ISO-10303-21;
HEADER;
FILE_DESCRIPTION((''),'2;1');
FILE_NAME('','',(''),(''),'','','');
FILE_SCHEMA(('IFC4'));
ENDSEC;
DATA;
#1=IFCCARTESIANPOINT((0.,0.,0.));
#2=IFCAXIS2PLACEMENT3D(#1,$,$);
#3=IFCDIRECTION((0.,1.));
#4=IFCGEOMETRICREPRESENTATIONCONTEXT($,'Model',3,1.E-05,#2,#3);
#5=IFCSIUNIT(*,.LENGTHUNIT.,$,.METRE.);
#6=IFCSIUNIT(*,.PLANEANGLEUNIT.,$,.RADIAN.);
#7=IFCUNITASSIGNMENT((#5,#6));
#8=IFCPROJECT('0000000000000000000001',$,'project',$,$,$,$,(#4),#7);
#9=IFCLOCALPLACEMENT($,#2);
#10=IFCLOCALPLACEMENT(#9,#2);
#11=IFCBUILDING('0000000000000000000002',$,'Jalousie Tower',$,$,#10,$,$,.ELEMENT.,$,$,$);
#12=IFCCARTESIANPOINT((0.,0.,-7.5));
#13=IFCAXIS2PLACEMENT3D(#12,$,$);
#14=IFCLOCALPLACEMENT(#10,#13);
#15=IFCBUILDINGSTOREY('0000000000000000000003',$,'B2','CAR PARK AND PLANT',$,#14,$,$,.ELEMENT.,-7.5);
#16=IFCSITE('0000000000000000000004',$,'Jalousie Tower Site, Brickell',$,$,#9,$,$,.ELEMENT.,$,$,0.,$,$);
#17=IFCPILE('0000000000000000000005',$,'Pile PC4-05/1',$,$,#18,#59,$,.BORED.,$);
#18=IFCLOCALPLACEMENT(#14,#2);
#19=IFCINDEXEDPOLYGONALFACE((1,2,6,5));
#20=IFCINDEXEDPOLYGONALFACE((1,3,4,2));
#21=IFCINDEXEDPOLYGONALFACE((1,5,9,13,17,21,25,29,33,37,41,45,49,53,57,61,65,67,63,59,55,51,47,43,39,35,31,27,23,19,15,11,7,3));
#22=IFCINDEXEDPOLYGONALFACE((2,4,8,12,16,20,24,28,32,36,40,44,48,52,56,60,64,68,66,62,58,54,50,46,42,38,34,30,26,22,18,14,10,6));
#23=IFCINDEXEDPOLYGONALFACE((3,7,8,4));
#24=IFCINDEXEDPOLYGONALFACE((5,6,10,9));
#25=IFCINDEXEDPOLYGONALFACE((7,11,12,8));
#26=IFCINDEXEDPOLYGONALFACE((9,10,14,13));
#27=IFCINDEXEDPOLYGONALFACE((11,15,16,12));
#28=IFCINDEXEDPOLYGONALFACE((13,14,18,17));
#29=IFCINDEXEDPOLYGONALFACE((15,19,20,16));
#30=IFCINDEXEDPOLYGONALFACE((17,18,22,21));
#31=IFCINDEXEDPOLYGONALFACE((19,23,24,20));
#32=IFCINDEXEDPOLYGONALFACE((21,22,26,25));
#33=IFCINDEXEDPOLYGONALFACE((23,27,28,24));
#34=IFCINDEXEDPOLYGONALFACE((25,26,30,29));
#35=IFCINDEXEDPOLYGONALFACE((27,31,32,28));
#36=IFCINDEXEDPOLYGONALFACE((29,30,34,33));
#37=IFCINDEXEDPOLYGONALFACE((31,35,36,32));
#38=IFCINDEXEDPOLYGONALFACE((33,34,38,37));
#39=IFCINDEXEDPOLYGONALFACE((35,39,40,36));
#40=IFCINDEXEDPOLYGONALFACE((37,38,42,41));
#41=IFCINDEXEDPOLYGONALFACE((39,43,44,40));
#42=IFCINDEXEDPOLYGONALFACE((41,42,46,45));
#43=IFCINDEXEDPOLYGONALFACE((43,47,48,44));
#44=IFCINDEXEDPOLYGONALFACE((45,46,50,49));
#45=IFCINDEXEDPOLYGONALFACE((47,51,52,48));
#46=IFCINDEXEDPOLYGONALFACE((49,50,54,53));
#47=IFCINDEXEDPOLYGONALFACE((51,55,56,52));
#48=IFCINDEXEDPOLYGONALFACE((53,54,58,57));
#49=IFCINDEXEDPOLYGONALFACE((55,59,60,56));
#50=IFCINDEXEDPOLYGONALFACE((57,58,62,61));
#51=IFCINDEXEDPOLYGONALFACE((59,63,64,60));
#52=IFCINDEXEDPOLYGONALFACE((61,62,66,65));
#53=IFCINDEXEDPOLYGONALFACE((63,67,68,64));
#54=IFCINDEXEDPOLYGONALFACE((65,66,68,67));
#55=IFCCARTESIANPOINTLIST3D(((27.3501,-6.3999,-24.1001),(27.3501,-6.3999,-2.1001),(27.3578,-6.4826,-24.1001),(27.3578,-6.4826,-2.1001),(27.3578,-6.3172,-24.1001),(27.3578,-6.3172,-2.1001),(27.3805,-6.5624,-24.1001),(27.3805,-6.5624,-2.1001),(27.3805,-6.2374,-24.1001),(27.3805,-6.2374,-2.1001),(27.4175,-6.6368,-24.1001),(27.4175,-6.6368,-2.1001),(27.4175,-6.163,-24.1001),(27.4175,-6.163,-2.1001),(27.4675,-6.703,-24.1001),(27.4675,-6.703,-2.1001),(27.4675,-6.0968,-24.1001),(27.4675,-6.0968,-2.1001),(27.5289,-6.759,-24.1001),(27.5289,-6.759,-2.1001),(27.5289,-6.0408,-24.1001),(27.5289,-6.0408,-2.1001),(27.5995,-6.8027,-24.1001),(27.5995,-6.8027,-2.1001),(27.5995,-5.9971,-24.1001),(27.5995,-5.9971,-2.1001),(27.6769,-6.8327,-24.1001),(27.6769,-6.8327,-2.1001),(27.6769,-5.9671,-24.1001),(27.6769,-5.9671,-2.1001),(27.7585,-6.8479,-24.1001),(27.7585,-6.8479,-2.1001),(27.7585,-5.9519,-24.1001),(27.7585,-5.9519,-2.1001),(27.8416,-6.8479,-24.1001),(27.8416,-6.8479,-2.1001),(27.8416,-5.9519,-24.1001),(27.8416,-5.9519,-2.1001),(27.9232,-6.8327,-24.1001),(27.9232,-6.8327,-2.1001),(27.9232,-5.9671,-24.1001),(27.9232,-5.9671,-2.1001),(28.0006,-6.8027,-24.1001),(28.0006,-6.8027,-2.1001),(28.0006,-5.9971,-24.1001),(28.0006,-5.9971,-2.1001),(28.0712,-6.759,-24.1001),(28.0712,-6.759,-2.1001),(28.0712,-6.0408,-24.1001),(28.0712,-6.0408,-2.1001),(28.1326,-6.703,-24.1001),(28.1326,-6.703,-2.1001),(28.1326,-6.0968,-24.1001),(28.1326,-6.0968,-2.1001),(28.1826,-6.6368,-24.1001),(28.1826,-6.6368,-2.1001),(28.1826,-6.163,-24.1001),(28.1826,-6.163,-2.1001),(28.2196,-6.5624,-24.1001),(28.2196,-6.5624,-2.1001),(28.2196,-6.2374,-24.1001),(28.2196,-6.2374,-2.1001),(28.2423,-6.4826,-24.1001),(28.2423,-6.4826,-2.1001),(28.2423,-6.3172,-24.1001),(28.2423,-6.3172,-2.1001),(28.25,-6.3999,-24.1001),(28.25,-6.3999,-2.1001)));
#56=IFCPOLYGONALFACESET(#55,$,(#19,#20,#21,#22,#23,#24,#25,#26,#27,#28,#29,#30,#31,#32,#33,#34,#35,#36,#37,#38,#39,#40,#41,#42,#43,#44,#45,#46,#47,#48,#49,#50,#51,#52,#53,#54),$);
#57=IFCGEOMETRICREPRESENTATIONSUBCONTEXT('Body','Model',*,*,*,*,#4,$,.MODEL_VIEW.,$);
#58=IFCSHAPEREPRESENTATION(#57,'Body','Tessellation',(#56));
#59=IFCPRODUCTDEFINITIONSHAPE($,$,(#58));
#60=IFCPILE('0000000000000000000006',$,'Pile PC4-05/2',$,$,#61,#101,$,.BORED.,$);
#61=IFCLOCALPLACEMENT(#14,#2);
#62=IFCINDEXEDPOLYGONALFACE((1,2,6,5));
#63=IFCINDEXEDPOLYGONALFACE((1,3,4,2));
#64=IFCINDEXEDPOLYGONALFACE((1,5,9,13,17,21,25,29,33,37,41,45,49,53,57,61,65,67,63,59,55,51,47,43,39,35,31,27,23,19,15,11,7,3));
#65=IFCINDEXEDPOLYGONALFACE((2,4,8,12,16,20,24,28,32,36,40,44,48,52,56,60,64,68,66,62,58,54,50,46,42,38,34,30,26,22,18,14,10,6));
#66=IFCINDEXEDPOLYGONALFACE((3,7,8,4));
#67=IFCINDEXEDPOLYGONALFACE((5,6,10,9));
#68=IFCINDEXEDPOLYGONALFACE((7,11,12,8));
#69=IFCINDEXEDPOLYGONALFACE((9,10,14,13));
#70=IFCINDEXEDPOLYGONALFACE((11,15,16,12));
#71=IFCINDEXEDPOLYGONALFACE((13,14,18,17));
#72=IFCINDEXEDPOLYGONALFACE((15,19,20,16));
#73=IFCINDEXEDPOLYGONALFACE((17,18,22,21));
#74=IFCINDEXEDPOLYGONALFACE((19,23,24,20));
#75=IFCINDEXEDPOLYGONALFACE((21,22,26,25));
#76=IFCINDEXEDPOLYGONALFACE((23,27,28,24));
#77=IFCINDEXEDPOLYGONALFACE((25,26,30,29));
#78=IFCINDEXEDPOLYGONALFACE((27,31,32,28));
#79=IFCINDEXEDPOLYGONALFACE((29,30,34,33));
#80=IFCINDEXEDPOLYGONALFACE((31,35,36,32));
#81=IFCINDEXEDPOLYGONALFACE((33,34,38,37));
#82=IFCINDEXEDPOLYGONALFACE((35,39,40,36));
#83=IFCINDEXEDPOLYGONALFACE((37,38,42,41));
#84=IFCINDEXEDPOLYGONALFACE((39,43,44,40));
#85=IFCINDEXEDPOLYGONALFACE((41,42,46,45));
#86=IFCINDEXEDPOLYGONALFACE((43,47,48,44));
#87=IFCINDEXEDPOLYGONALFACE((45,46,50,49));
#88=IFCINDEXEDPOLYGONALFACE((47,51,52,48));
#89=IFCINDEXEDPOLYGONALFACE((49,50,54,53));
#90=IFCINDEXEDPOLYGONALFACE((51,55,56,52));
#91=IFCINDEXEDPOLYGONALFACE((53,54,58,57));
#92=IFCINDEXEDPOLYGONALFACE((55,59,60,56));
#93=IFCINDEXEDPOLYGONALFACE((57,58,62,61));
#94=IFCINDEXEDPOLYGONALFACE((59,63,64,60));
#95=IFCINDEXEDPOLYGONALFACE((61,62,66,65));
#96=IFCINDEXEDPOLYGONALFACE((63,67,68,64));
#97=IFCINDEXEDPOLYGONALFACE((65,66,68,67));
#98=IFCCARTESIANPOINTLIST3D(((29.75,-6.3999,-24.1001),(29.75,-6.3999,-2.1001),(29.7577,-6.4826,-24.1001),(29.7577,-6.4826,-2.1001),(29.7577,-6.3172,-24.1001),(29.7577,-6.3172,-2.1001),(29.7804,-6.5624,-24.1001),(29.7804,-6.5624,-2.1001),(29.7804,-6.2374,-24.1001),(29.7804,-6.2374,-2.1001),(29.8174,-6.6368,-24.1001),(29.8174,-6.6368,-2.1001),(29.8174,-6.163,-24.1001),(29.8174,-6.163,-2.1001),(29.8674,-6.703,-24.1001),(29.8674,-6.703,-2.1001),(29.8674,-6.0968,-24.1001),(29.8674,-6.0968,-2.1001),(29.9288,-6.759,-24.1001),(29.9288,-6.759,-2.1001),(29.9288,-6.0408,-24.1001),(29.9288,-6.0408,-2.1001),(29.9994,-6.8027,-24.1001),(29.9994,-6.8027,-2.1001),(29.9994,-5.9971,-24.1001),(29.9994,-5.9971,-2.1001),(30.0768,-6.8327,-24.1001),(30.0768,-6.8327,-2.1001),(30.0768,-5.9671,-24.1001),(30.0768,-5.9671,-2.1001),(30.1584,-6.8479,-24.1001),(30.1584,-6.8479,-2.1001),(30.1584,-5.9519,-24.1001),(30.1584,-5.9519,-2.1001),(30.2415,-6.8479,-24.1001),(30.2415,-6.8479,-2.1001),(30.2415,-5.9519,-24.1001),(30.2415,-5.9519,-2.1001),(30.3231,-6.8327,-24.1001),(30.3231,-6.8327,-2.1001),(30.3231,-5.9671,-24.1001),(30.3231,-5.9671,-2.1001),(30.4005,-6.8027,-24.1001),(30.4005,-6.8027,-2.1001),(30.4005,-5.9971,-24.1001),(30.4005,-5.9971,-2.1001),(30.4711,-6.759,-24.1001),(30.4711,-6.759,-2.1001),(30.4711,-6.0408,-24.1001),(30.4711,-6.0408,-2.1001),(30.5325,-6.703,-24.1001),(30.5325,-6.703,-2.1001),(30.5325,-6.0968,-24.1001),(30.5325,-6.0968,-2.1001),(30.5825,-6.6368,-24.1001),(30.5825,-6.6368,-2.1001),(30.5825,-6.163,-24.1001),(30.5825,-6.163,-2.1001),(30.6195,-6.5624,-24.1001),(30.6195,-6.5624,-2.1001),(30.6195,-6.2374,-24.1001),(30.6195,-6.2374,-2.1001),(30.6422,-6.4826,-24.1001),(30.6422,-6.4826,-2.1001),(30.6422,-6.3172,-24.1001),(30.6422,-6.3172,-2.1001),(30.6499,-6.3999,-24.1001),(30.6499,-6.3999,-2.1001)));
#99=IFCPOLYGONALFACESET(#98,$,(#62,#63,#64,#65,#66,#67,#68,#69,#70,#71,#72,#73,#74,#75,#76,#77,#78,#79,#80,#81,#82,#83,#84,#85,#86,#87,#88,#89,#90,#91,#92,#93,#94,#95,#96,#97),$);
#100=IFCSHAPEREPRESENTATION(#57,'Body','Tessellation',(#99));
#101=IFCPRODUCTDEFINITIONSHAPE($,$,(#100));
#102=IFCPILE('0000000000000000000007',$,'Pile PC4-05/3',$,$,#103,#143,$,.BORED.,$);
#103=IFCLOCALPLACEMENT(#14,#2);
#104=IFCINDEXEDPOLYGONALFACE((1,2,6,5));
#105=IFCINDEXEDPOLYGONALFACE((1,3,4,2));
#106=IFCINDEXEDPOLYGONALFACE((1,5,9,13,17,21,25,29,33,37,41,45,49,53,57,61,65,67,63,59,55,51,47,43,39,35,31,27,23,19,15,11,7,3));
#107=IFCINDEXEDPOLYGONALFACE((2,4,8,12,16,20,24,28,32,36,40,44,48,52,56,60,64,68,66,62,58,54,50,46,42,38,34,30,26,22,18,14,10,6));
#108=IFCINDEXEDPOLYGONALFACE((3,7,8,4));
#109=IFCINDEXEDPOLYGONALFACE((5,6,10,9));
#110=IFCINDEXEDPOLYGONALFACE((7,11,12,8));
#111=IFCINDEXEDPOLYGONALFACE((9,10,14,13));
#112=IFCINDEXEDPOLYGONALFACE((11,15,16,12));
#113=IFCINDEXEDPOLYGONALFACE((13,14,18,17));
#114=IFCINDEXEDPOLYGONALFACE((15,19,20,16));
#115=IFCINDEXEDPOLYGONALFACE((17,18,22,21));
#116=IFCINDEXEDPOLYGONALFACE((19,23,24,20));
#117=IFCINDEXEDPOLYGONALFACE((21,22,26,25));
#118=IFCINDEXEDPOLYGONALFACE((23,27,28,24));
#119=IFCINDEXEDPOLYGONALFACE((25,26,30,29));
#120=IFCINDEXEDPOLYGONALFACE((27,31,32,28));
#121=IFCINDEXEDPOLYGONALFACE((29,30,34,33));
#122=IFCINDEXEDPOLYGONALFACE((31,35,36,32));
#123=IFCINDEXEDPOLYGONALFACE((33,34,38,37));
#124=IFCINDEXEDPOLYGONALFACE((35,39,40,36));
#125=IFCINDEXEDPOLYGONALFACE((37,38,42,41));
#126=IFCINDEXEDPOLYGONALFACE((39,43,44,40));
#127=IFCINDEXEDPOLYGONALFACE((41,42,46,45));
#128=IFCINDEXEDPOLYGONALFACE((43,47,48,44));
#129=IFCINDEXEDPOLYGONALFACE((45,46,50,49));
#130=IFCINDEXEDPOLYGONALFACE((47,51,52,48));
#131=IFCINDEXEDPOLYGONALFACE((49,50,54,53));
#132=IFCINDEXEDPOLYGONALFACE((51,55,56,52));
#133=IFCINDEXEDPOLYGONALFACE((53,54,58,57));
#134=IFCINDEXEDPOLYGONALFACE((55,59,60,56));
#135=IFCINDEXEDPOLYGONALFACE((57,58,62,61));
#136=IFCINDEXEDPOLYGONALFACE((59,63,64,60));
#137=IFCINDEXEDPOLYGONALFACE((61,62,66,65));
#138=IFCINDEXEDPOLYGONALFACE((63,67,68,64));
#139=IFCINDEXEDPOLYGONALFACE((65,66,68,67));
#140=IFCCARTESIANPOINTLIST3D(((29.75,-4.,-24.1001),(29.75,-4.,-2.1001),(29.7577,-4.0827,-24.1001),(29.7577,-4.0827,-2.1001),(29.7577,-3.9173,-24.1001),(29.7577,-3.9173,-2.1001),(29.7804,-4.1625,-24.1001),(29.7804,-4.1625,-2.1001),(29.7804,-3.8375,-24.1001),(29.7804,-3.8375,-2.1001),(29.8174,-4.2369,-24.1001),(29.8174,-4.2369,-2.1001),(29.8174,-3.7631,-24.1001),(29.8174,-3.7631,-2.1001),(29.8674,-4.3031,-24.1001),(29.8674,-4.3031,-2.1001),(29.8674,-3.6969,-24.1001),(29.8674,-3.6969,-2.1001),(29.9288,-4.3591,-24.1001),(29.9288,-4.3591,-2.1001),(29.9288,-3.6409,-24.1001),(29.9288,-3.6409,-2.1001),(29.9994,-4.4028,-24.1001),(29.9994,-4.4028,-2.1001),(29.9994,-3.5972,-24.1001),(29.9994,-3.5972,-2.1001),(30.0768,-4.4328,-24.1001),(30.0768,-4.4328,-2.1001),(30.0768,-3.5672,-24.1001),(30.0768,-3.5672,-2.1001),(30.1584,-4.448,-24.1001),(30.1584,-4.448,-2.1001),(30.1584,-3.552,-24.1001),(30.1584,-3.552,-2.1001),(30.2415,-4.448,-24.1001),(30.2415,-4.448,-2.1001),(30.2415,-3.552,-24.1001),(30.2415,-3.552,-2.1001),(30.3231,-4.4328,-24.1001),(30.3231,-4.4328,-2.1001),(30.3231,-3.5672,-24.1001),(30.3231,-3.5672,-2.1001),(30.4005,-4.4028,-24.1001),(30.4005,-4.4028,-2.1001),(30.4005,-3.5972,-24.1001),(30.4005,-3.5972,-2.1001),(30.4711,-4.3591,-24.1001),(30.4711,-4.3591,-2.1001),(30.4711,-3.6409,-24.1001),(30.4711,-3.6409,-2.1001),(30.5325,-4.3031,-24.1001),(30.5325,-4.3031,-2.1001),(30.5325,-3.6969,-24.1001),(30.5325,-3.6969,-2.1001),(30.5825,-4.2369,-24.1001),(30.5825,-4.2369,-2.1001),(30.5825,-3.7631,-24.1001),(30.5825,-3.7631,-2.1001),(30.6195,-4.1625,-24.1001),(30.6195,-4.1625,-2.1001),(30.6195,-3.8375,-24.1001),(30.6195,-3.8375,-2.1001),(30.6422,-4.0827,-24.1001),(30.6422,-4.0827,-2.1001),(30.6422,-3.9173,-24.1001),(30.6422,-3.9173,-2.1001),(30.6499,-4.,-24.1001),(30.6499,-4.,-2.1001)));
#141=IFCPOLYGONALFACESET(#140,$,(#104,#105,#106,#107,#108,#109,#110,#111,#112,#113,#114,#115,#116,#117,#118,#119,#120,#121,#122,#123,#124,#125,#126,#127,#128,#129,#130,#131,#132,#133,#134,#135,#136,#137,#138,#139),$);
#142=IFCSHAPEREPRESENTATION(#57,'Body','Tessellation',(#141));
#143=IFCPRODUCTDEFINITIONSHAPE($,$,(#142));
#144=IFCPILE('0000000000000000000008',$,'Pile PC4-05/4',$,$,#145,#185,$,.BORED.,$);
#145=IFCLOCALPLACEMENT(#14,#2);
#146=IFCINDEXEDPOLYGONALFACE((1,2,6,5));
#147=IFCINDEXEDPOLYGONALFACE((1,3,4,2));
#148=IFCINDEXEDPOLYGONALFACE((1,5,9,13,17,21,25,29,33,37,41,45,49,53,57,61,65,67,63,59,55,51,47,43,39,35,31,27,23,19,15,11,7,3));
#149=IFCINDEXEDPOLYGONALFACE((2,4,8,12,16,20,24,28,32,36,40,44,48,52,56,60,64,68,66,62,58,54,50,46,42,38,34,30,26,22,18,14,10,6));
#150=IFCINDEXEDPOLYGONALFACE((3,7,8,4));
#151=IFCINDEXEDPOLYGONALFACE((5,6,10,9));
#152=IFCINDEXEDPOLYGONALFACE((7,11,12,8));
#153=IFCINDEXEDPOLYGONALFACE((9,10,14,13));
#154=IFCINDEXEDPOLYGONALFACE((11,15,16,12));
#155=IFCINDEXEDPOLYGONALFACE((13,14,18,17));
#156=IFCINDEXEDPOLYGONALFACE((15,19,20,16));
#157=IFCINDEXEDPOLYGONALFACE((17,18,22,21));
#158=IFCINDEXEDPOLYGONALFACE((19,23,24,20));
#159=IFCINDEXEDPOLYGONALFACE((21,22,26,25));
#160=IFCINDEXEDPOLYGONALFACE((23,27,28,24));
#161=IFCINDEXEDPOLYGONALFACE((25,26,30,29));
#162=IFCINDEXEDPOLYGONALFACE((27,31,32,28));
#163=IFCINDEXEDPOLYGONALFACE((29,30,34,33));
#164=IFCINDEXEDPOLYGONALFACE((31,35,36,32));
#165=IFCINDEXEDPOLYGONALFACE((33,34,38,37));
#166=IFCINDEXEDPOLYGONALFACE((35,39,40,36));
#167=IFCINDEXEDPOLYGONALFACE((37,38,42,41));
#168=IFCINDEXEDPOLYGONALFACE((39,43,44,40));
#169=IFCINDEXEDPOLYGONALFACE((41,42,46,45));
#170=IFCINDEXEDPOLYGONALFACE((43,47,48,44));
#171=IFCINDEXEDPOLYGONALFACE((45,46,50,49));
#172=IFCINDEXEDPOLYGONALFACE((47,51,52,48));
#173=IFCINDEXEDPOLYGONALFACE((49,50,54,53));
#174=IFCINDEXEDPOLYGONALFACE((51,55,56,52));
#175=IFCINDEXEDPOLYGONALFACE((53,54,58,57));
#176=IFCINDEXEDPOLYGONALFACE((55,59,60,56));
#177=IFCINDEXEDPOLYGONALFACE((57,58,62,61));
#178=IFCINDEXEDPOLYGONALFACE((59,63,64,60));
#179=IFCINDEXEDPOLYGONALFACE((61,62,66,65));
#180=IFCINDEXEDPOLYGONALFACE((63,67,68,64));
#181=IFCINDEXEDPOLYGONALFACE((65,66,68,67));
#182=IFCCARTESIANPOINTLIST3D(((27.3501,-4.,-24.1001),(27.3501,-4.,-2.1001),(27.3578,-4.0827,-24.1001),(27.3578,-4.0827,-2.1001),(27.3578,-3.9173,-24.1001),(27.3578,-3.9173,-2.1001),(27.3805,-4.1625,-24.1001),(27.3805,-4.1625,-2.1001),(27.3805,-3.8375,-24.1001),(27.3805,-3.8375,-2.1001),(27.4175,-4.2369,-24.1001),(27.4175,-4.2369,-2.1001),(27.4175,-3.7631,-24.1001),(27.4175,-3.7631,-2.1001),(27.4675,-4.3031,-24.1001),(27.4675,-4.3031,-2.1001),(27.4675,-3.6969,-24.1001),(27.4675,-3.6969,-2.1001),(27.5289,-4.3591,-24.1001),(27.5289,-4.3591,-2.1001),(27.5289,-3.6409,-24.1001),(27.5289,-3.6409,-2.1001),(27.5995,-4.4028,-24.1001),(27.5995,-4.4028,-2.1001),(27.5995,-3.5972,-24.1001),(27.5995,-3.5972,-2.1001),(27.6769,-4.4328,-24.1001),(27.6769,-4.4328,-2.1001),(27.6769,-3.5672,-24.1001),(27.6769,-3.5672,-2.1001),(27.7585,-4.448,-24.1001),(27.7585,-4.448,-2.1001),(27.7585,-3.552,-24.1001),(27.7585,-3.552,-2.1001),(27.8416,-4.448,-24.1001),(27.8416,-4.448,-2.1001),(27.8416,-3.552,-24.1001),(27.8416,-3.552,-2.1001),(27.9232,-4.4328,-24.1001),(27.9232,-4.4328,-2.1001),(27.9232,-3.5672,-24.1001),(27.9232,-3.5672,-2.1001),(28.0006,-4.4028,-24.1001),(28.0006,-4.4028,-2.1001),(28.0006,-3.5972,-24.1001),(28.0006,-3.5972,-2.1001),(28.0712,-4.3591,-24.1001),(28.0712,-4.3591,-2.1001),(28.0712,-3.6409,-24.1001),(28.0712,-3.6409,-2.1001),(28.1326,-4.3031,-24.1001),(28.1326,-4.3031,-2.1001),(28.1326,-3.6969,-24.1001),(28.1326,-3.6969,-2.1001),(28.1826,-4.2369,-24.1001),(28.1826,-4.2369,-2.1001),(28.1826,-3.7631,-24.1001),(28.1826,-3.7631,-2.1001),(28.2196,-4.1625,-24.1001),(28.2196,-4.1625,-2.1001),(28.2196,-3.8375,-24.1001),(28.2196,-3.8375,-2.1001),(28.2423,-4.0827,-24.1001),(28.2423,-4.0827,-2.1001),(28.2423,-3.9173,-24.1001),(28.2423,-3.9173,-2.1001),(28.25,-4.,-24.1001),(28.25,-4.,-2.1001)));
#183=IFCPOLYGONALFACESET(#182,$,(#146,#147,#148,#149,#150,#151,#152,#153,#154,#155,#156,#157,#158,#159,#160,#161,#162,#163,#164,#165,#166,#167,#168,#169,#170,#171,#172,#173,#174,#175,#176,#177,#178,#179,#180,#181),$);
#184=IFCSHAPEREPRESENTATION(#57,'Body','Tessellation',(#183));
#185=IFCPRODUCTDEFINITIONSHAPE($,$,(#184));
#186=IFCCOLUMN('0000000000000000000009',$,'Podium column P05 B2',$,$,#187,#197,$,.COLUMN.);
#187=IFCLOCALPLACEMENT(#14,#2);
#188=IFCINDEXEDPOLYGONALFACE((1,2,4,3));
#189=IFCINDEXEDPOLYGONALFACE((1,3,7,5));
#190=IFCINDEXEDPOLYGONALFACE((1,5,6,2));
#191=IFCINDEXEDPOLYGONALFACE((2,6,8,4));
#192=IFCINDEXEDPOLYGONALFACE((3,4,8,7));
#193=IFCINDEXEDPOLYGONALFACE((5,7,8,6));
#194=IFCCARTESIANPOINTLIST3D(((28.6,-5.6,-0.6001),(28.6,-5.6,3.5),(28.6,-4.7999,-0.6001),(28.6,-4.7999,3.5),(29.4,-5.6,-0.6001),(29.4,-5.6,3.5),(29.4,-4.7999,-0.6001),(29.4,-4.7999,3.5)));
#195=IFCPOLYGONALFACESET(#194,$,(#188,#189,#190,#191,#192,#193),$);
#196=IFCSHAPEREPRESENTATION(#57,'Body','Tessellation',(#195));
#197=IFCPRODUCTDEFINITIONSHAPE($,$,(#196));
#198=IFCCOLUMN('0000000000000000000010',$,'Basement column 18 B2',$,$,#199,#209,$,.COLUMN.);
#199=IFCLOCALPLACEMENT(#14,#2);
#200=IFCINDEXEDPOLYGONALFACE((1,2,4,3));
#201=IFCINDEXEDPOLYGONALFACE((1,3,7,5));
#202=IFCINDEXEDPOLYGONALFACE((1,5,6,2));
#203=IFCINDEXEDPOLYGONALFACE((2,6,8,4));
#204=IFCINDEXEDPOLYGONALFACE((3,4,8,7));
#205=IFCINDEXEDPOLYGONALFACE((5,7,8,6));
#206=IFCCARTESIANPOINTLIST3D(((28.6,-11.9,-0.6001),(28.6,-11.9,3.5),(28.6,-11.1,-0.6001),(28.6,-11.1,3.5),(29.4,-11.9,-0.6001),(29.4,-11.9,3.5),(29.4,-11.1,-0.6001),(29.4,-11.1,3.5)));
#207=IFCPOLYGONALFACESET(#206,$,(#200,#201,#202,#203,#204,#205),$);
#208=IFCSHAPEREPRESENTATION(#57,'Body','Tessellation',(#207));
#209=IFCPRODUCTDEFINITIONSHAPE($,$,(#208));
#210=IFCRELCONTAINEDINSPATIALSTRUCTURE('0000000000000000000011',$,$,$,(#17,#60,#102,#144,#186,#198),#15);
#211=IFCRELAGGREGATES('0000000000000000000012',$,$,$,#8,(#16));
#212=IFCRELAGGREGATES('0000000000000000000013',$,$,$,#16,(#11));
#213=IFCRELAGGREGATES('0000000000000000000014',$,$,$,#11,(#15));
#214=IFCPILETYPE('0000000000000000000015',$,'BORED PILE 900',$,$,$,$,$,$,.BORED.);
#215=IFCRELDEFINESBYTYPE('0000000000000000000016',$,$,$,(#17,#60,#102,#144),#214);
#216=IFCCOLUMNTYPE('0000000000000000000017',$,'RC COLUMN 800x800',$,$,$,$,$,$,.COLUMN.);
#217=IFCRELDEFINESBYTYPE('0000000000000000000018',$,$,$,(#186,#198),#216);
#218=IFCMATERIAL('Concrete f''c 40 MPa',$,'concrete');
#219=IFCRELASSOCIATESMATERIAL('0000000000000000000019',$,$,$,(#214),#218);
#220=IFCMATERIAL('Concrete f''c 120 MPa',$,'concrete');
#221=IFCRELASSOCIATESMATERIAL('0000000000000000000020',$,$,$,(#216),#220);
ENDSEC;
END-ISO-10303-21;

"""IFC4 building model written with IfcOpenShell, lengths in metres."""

from ifc_helpers import new_model, si_unit, direction, frame, origin, origin_2d, place, context, subcontext, project, spatial, rectangle, circle, extrude, material, material_profile, profile_set, type_object, element, save


model = new_model("IFC4")

# Units and contexts
model_context = context("Model", 3, precision=1e-05, world=origin(), true_north=direction((0.0, 1.0)))
body_context = subcontext(model_context, "Body", "Model", "MODEL_VIEW")
ifc_project = project(units=[si_unit("LENGTHUNIT", "METRE"), si_unit("PLANEANGLEUNIT", "RADIAN")], contexts=[model_context])

# Site, building, storey
site_placement = place(None, origin())
site = spatial("IfcSite", under=ifc_project, at=site_placement, Name="Jalousie Tower Site, Brickell", CompositionType="ELEMENT", RefElevation=0.0)
building_placement = place(site_placement, origin())
building = spatial("IfcBuilding", under=site, at=building_placement, Name="Jalousie Tower", CompositionType="ELEMENT")
storey_placement = place(building_placement, frame((0.0, 0.0, -7.5)))
storey = spatial("IfcBuildingStorey", under=building, at=storey_placement, Name="B2", Description="CAR PARK AND PLANT", CompositionType="ELEMENT", Elevation=-7.5)

# Piles
ifc_material_1 = material(Name="Concrete f'c 40 MPa", Category="concrete")
ifc_material_profile_1 = material_profile(ifc_material_1, circle(Radius=0.45, at=origin_2d()), Name="BORED PILE D900")
ifc_profile_set_1 = profile_set([ifc_material_profile_1], Name="Concrete f'c 40 MPa")
pile_type_1 = type_object("IfcPileType", Name="BORED PILE 900", PredefinedType="BORED", material=ifc_profile_set_1)
for number, where, z_axis, x_axis, name in (
    (1, (27.8, -6.3999, -2.1001), (0.0, 0.0, -1.0), (1.0, 0.0, 0.0), "Pile PC4-05/1"),
    (2, (30.2, -6.3999, -2.1001), (0.0, 0.0, -1.0), (1.0, 0.0, 0.0), "Pile PC4-05/2"),
    (3, (30.2, -4.0, -2.1001), (0.0, 0.0, -1.0), (1.0, 0.0, 0.0), "Pile PC4-05/3"),
    (4, (27.8, -4.0, -2.1001), (0.0, 0.0, -1.0), (1.0, 0.0, 0.0), "Pile PC4-05/4"),
):
    element("IfcPile", number, at=place(storey_placement, frame(where, z_axis=z_axis, x_axis=x_axis)), inside=storey, type_object=pile_type_1, Name=name, PredefinedType="BORED", context=body_context, shape_type="SweptSolid", body=[
        extrude(circle(Radius=0.45, at=origin_2d()), origin(), (0.0, 0.0, 1.0), 22.0),
    ])

# Columns
ifc_material_2 = material(Name="Concrete f'c 120 MPa", Category="concrete")
ifc_material_profile_2 = material_profile(ifc_material_2, rectangle(XDim=0.8, YDim=0.8, at=origin_2d()), Name="RC 800x800")
ifc_profile_set_2 = profile_set([ifc_material_profile_2], Name="Concrete f'c 120 MPa")
column_type = type_object("IfcColumnType", Name="RC COLUMN 800x800", PredefinedType="COLUMN", material=ifc_profile_set_2)
for number, where, z_axis, x_axis, name in (
    (5, (29.0, -5.2, -0.6001), (0.0, 0.0, 1.0), (1.0, 0.0, 0.0), "Podium column P05 B2"),
    (6, (29.0, -11.5, -0.6001), (0.0, 0.0, 1.0), (1.0, 0.0, 0.0), "Basement column 18 B2"),
):
    element("IfcColumn", number, at=place(storey_placement, frame(where, z_axis=z_axis, x_axis=x_axis)), inside=storey, type_object=column_type, Name=name, PredefinedType="COLUMN", context=body_context, shape_type="SweptSolid", body=[
        extrude(rectangle(XDim=0.8, YDim=0.8, at=origin_2d()), origin(), (0.0, 0.0, 1.0), 4.1001),
    ])

save(model, "model.ifc")
